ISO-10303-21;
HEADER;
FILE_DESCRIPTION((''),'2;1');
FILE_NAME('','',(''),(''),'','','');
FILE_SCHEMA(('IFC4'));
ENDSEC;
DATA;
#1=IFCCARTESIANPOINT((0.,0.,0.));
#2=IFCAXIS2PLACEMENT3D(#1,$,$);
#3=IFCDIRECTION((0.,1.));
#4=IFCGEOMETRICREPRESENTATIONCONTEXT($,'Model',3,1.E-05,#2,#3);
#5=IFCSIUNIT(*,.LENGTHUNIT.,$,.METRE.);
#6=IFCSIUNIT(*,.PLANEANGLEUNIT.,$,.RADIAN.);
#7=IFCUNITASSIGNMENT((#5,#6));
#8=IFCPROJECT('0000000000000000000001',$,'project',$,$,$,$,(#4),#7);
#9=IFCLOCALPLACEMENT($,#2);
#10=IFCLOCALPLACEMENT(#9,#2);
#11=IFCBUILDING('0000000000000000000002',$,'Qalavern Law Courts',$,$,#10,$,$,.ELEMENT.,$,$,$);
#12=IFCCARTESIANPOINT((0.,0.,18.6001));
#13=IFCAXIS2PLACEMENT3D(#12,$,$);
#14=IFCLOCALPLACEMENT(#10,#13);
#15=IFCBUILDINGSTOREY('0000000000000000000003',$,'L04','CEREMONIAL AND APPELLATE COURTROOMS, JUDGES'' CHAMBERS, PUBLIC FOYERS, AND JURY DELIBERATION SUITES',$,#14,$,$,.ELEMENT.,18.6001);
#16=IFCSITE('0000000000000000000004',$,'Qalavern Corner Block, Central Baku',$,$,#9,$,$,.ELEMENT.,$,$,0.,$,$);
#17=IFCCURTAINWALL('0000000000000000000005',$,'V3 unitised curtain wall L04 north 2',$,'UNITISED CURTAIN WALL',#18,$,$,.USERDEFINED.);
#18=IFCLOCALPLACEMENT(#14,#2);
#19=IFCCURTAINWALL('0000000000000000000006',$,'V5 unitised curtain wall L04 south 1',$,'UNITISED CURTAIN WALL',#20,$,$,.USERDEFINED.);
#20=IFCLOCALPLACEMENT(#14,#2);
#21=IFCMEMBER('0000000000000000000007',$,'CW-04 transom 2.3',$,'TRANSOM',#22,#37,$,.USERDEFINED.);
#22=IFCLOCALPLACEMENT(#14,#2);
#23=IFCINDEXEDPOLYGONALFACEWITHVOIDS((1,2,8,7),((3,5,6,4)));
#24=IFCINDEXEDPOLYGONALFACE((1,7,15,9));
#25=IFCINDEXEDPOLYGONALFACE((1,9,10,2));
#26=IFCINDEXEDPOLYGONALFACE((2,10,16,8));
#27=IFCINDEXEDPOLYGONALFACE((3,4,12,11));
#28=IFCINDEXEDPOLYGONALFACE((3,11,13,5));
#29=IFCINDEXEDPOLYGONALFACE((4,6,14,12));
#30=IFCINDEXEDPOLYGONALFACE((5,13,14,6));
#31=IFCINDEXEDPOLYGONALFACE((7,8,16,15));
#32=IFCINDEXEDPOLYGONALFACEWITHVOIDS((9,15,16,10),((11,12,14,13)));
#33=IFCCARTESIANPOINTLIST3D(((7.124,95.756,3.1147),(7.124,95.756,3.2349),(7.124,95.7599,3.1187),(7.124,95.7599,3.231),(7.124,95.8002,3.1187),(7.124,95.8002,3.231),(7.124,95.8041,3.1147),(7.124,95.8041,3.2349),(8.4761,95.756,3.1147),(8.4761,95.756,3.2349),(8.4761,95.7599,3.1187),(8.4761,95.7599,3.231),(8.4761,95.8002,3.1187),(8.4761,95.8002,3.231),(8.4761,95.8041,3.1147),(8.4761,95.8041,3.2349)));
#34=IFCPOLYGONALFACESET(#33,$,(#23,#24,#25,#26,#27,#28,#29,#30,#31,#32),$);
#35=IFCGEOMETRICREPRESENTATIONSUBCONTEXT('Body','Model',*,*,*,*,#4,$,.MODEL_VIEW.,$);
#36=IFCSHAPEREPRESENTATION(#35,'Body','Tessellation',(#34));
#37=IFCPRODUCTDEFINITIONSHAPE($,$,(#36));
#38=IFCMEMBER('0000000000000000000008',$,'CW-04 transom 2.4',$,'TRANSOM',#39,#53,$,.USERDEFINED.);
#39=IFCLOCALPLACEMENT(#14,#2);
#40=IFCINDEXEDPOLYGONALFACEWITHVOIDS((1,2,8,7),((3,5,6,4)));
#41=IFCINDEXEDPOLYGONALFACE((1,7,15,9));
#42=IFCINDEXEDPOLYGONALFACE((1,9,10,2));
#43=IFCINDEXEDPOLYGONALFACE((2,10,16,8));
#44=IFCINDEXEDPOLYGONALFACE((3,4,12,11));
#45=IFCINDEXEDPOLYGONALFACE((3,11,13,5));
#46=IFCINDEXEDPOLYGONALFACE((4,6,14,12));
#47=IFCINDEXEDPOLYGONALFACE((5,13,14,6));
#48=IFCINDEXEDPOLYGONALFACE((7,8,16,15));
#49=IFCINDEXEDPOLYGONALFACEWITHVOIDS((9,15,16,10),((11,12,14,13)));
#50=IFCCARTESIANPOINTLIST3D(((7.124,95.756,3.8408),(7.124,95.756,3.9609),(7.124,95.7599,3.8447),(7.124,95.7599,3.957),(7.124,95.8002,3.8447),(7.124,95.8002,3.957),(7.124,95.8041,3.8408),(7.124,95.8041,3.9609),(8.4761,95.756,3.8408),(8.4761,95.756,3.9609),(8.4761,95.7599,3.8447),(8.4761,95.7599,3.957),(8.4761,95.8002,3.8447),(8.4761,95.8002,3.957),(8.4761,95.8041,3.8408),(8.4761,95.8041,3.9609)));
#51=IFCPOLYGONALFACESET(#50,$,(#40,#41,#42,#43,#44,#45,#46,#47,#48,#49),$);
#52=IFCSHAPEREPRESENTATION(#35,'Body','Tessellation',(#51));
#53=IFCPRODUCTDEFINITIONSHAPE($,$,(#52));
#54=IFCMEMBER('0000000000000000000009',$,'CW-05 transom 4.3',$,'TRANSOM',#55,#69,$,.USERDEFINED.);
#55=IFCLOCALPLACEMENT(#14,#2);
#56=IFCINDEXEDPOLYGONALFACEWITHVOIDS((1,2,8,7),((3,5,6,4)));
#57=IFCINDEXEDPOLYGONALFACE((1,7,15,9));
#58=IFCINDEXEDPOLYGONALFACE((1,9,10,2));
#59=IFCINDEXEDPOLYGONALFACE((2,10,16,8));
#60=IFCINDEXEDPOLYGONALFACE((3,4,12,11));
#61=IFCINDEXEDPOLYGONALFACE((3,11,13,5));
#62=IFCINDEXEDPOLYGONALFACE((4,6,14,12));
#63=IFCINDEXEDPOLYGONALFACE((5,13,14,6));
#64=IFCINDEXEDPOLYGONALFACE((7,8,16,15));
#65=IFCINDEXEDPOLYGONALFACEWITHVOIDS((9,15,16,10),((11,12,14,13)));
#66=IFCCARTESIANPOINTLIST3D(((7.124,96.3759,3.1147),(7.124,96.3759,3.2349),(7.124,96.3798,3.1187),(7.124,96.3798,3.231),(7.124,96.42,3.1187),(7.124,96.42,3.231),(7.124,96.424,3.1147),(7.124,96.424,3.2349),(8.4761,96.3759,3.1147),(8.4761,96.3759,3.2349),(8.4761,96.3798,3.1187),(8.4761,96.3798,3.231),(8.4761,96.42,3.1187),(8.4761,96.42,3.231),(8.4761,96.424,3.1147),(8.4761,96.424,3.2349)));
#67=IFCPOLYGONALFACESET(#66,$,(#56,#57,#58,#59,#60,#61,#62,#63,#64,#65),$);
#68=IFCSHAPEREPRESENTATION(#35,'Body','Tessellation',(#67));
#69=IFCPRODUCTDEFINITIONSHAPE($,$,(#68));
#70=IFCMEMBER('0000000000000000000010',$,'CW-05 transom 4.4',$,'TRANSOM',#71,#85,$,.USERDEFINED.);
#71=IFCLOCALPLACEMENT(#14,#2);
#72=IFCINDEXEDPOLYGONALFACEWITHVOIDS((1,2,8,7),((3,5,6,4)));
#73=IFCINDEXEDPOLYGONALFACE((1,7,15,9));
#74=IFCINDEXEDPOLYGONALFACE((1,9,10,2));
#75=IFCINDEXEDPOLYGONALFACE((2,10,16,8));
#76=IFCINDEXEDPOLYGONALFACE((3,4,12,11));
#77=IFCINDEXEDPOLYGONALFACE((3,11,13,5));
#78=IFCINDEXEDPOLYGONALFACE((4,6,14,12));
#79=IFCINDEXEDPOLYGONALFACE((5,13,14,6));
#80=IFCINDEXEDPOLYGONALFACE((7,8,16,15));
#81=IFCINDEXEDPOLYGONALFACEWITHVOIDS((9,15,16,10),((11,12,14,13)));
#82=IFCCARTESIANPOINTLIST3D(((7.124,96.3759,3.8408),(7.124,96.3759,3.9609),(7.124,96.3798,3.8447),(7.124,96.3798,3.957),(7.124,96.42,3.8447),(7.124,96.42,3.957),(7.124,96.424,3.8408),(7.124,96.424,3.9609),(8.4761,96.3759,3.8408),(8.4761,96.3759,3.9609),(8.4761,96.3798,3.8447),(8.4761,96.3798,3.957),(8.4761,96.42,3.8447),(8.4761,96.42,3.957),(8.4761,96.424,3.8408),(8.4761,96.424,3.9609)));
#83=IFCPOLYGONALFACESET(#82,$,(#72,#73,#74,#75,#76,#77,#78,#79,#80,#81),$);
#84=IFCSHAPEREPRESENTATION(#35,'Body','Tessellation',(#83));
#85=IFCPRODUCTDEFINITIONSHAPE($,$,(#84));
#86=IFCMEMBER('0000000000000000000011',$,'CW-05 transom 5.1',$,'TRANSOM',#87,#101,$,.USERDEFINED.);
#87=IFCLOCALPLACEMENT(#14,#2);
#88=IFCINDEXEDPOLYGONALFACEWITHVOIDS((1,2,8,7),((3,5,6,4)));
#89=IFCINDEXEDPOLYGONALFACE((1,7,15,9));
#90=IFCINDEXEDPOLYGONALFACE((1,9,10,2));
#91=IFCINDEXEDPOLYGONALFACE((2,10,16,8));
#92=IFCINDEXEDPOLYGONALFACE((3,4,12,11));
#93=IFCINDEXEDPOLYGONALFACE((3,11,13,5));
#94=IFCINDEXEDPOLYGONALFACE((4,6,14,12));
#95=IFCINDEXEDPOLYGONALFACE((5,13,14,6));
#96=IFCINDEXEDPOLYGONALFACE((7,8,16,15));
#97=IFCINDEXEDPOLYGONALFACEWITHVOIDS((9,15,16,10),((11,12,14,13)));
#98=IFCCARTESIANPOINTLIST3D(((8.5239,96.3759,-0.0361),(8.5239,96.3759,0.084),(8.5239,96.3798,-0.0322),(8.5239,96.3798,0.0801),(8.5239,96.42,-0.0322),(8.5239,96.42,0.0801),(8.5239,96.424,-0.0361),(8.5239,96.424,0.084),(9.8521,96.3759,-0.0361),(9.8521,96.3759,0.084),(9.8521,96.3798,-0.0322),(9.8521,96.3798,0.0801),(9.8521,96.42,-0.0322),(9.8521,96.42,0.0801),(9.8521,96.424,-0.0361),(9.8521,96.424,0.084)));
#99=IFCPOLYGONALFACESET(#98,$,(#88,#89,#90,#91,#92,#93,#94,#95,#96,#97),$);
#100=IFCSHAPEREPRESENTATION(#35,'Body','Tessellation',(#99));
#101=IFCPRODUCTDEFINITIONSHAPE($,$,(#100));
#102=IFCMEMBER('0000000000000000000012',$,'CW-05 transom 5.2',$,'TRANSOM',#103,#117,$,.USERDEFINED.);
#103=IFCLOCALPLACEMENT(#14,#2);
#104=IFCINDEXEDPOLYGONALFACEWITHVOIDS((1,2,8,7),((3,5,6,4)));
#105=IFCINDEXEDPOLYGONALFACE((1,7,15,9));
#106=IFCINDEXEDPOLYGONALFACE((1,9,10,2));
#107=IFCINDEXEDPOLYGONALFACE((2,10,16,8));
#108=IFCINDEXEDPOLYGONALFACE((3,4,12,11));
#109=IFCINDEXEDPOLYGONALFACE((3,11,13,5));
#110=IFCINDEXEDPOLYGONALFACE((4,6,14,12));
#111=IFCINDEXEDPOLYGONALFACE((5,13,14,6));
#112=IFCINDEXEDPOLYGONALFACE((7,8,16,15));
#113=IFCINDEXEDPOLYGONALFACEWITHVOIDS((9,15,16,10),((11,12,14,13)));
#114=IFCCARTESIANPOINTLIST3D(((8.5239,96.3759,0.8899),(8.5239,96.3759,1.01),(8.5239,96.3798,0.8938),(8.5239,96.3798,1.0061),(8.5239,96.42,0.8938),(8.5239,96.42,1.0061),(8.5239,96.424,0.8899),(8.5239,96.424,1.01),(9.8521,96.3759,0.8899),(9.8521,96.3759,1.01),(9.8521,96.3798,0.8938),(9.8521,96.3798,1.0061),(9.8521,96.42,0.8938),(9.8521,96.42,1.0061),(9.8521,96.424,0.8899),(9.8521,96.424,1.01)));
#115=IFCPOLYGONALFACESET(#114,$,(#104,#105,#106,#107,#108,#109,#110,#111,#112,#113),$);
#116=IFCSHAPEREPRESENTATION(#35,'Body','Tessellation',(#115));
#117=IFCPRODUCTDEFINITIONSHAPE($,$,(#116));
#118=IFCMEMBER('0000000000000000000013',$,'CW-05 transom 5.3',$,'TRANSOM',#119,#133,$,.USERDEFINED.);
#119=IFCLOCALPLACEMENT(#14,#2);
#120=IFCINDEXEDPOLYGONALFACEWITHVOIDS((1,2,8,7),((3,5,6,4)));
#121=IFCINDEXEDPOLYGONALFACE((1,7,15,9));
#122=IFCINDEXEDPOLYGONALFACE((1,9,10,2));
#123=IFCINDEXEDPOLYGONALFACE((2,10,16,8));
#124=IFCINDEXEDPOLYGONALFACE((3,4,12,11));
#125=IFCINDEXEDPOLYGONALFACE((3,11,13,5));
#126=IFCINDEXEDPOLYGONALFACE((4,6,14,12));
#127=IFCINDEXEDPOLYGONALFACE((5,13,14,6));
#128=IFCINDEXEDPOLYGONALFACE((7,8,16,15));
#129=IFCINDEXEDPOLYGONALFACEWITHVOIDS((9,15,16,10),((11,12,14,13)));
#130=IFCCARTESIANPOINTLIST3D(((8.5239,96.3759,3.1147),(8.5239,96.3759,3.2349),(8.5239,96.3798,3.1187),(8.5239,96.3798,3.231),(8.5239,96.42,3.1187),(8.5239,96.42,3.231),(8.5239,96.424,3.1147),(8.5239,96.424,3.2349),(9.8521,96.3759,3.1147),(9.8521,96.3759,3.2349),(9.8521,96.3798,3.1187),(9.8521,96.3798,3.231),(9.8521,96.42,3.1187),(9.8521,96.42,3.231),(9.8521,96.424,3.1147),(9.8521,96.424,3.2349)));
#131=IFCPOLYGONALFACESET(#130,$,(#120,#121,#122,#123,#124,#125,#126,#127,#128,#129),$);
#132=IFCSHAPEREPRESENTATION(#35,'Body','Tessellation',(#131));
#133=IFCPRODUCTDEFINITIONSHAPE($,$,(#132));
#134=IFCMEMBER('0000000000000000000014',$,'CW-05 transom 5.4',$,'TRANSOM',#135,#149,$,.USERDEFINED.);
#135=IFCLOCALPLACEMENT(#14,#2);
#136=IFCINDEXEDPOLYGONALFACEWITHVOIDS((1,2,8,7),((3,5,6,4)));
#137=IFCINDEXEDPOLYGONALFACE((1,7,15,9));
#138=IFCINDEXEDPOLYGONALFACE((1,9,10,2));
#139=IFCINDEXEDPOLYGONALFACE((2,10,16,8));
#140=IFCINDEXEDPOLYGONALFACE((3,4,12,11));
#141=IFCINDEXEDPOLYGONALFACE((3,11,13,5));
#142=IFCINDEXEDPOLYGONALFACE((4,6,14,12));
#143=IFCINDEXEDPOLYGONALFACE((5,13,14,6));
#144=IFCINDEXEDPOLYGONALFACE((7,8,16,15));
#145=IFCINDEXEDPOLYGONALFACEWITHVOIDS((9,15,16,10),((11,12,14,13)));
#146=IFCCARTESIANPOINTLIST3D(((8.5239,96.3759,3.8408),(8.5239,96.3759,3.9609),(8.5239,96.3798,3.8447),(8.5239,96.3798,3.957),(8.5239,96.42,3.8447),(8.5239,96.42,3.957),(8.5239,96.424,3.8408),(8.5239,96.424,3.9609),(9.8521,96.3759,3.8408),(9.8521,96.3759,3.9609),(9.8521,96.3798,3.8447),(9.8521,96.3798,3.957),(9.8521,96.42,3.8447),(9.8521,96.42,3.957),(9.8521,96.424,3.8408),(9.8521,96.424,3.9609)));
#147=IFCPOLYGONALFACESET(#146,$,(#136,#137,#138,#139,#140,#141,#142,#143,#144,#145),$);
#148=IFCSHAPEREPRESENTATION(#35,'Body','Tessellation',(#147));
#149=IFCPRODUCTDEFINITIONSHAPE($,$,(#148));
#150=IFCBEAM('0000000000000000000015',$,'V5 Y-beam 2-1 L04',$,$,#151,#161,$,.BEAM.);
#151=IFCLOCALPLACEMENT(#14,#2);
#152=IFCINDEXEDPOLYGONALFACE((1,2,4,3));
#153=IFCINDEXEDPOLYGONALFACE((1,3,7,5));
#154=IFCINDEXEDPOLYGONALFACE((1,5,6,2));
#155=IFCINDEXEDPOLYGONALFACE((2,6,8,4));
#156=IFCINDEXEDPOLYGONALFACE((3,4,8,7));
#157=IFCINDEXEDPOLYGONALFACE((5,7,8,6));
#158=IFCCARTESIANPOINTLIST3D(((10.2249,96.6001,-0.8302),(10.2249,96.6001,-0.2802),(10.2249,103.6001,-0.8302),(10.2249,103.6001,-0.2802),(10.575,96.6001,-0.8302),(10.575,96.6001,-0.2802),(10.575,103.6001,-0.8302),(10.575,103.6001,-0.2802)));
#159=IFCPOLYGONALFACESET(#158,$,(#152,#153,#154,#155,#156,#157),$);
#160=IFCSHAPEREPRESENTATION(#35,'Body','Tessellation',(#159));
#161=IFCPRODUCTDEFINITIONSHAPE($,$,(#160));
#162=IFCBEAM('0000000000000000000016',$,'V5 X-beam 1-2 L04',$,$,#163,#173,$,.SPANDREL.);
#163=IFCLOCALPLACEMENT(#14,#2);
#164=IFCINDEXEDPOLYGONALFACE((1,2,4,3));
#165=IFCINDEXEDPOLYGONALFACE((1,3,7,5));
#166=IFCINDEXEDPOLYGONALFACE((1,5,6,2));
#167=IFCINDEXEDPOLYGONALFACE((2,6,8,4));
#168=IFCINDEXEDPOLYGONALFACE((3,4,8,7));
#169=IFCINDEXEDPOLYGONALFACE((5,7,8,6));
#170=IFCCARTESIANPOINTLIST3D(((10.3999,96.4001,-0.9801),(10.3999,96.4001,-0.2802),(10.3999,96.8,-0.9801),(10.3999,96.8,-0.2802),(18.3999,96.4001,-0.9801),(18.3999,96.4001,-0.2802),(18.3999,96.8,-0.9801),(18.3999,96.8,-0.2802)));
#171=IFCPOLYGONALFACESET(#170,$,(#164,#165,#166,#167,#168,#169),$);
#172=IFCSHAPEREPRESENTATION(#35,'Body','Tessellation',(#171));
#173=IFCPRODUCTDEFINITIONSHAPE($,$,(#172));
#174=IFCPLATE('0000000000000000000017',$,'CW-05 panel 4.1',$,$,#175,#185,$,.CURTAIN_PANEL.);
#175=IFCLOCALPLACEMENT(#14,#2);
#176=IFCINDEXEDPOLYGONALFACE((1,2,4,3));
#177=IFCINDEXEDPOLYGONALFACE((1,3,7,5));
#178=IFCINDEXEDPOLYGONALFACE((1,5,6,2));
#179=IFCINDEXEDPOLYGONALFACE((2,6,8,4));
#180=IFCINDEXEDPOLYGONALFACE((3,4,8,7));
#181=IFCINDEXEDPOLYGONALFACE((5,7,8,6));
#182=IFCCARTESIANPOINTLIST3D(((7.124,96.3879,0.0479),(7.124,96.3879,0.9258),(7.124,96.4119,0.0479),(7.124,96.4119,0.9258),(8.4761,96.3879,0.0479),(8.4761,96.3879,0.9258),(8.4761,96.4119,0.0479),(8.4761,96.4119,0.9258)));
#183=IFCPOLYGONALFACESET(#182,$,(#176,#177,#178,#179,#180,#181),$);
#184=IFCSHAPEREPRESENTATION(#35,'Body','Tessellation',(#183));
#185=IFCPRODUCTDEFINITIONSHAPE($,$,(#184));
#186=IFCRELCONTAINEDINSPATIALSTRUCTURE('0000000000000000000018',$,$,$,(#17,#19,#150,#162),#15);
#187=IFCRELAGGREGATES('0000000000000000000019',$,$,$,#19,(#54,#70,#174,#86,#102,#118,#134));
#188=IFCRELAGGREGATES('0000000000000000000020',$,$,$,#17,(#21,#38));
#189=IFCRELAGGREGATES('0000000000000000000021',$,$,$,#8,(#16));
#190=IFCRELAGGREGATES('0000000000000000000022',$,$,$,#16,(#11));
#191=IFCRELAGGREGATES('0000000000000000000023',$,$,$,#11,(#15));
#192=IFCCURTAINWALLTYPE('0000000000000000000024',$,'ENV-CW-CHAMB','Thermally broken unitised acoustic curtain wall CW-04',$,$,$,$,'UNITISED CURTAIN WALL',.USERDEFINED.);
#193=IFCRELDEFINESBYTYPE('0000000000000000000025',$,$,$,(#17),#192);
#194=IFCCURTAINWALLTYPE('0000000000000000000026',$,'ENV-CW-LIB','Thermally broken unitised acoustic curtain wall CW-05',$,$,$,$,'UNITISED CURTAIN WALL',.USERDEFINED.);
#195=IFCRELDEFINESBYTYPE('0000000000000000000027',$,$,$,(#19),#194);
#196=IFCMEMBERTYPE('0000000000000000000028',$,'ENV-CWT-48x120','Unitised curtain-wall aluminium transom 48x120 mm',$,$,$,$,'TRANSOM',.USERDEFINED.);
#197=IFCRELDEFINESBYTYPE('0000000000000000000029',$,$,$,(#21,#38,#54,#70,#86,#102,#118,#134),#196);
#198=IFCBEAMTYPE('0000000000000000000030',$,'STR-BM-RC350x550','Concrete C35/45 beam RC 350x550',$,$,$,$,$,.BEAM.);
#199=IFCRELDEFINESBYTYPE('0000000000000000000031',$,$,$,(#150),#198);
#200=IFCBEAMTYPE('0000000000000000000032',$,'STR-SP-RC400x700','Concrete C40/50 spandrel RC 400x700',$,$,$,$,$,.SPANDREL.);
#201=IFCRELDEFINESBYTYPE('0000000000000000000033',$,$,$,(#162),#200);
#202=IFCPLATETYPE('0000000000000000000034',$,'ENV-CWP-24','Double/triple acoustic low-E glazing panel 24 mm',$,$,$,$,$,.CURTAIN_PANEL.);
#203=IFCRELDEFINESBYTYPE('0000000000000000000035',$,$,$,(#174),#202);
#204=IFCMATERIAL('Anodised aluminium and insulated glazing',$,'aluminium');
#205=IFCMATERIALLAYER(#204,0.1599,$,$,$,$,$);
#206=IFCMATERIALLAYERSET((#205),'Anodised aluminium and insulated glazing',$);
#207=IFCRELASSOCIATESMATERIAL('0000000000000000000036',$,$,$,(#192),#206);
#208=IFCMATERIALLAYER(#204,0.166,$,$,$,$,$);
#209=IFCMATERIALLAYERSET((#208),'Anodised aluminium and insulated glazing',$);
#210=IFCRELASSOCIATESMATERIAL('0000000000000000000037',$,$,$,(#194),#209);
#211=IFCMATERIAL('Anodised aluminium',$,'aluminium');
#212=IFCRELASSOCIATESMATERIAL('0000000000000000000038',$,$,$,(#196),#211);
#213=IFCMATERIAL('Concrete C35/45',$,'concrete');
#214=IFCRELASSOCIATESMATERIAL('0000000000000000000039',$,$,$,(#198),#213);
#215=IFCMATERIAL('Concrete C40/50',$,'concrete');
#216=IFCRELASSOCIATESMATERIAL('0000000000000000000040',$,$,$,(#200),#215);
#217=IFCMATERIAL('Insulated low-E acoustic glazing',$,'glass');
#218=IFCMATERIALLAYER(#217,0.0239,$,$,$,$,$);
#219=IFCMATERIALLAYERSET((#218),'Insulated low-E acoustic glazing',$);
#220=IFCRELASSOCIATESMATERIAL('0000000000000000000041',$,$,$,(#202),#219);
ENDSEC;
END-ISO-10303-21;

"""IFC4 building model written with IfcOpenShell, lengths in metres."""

from ifc_helpers import new_model, si_unit, direction, frame, origin, origin_2d, place, context, subcontext, project, spatial, rectangle, hollow_rectangle, extrude, material, layer, layer_set, material_profile, profile_set, type_object, element, aggregate, save


model = new_model("IFC4")

# Units and contexts
model_context = context("Model", 3, precision=1e-05, world=origin(), true_north=direction((0.0, 1.0)))
body_context = subcontext(model_context, "Body", "Model", "MODEL_VIEW")
ifc_project = project(units=[si_unit("LENGTHUNIT", "METRE"), si_unit("PLANEANGLEUNIT", "RADIAN")], contexts=[model_context])

# Site, building, storey
site_placement = place(None, origin())
site = spatial("IfcSite", under=ifc_project, at=site_placement, Name="Qalavern Corner Block, Central Baku", CompositionType="ELEMENT", RefElevation=0.0)
building_placement = place(site_placement, origin())
building = spatial("IfcBuilding", under=site, at=building_placement, Name="Qalavern Law Courts", CompositionType="ELEMENT")
storey_placement = place(building_placement, frame((0.0, 0.0, 18.6001)))
storey = spatial("IfcBuildingStorey", under=building, at=storey_placement, Name="L04", Description="CEREMONIAL AND APPELLATE COURTROOMS, JUDGES' CHAMBERS, PUBLIC FOYERS, AND JURY DELIBERATION SUITES", CompositionType="ELEMENT", Elevation=18.6001)

# Curtain walls
ifc_material_1 = material(Name="Anodised aluminium and insulated glazing", Category="aluminium")
ifc_layer_1 = layer(ifc_material_1, 0.1599)
ifc_layer_set_1 = layer_set([ifc_layer_1], Name="Anodised aluminium and insulated glazing")
curtain_wall_type_1 = type_object("IfcCurtainWallType", Name="ENV-CW-CHAMB", Description="Thermally broken unitised acoustic curtain wall CW-04", ElementType="UNITISED CURTAIN WALL", PredefinedType="USERDEFINED", material=ifc_layer_set_1)
curtain_wall_1_placement = place(storey_placement, origin())
curtain_wall_1 = element("IfcCurtainWall", 1, at=curtain_wall_1_placement, inside=storey, type_object=curtain_wall_type_1, Name="V3 unitised curtain wall L04 north 2", ObjectType="UNITISED CURTAIN WALL", PredefinedType="USERDEFINED")
ifc_material_2 = material(Name="Anodised aluminium", Category="aluminium")
ifc_layer_2 = layer(ifc_material_1, 0.166)
ifc_layer_set_2 = layer_set([ifc_layer_2], Name="Anodised aluminium and insulated glazing")
curtain_wall_type_2 = type_object("IfcCurtainWallType", Name="ENV-CW-LIB", Description="Thermally broken unitised acoustic curtain wall CW-05", ElementType="UNITISED CURTAIN WALL", PredefinedType="USERDEFINED", material=ifc_layer_set_2)
curtain_wall_2_placement = place(storey_placement, origin())
curtain_wall_2 = element("IfcCurtainWall", 2, at=curtain_wall_2_placement, inside=storey, type_object=curtain_wall_type_2, Name="V5 unitised curtain wall L04 south 1", ObjectType="UNITISED CURTAIN WALL", PredefinedType="USERDEFINED")

# Members
ifc_material_profile_1 = material_profile(ifc_material_2, hollow_rectangle(XDim=0.0481, YDim=0.1201, WallThickness=0.0039, at=origin_2d()), Name="ALU TRANSOM 48x120")
ifc_profile_set_1 = profile_set([ifc_material_profile_1], Name="Anodised aluminium")
member_type_1 = type_object("IfcMemberType", Name="ENV-CWT-48x120", Description="Unitised curtain-wall aluminium transom 48x120 mm", ElementType="TRANSOM", PredefinedType="USERDEFINED", material=ifc_profile_set_1)
member_1_placement = place(storey_placement, frame((8.4761, 95.78, 3.1748), z_axis=(-1.0, 0.0, 0.0), x_axis=(0.0, -1.0, 0.0)))
member_1 = element("IfcMember", 3, at=member_1_placement, type_object=member_type_1, Name="CW-04 transom 2.3", ObjectType="TRANSOM", PredefinedType="USERDEFINED", context=body_context, shape_type="SweptSolid", body=[
    extrude(hollow_rectangle(XDim=0.0481, YDim=0.1201, WallThickness=0.0039, at=origin_2d()), origin(), (0.0, 0.0, 1.0), 1.3521),
])
member_2_placement = place(storey_placement, frame((8.4761, 95.78, 3.9009), z_axis=(-1.0, 0.0, 0.0), x_axis=(0.0, -1.0, 0.0)))
member_2 = element("IfcMember", 4, at=member_2_placement, type_object=member_type_1, Name="CW-04 transom 2.4", ObjectType="TRANSOM", PredefinedType="USERDEFINED", context=body_context, shape_type="SweptSolid", body=[
    extrude(hollow_rectangle(XDim=0.0481, YDim=0.1201, WallThickness=0.0039, at=origin_2d()), origin(), (0.0, 0.0, 1.0), 1.3521),
])
member_3_placement = place(storey_placement, frame((7.124, 96.3999, 3.1748), z_axis=(1.0, 0.0, 0.0), x_axis=(0.0, 1.0, 0.0)))
member_3 = element("IfcMember", 5, at=member_3_placement, type_object=member_type_1, Name="CW-05 transom 4.3", ObjectType="TRANSOM", PredefinedType="USERDEFINED", context=body_context, shape_type="SweptSolid", body=[
    extrude(hollow_rectangle(XDim=0.0481, YDim=0.1201, WallThickness=0.0039, at=origin_2d()), origin(), (0.0, 0.0, 1.0), 1.3521),
])
member_4_placement = place(storey_placement, frame((7.124, 96.3999, 3.9009), z_axis=(1.0, 0.0, 0.0), x_axis=(0.0, 1.0, 0.0)))
member_4 = element("IfcMember", 6, at=member_4_placement, type_object=member_type_1, Name="CW-05 transom 4.4", ObjectType="TRANSOM", PredefinedType="USERDEFINED", context=body_context, shape_type="SweptSolid", body=[
    extrude(hollow_rectangle(XDim=0.0481, YDim=0.1201, WallThickness=0.0039, at=origin_2d()), origin(), (0.0, 0.0, 1.0), 1.3521),
])
member_5_placement = place(storey_placement, frame((8.5239, 96.3999, 0.0239), z_axis=(1.0, 0.0, 0.0), x_axis=(0.0, 1.0, 0.0)))
member_5 = element("IfcMember", 7, at=member_5_placement, type_object=member_type_1, Name="CW-05 transom 5.1", ObjectType="TRANSOM", PredefinedType="USERDEFINED", context=body_context, shape_type="SweptSolid", body=[
    extrude(hollow_rectangle(XDim=0.0481, YDim=0.1201, WallThickness=0.0039, at=origin_2d()), origin(), (0.0, 0.0, 1.0), 1.3281),
])
member_6_placement = place(storey_placement, frame((8.5239, 96.3999, 0.95), z_axis=(1.0, 0.0, 0.0), x_axis=(0.0, 1.0, 0.0)))
member_6 = element("IfcMember", 8, at=member_6_placement, type_object=member_type_1, Name="CW-05 transom 5.2", ObjectType="TRANSOM", PredefinedType="USERDEFINED", context=body_context, shape_type="SweptSolid", body=[
    extrude(hollow_rectangle(XDim=0.0481, YDim=0.1201, WallThickness=0.0039, at=origin_2d()), origin(), (0.0, 0.0, 1.0), 1.3281),
])
member_7_placement = place(storey_placement, frame((8.5239, 96.3999, 3.1748), z_axis=(1.0, 0.0, 0.0), x_axis=(0.0, 1.0, 0.0)))
member_7 = element("IfcMember", 9, at=member_7_placement, type_object=member_type_1, Name="CW-05 transom 5.3", ObjectType="TRANSOM", PredefinedType="USERDEFINED", context=body_context, shape_type="SweptSolid", body=[
    extrude(hollow_rectangle(XDim=0.0481, YDim=0.1201, WallThickness=0.0039, at=origin_2d()), origin(), (0.0, 0.0, 1.0), 1.3281),
])
member_8_placement = place(storey_placement, frame((8.5239, 96.3999, 3.9009), z_axis=(1.0, 0.0, 0.0), x_axis=(0.0, 1.0, 0.0)))
member_8 = element("IfcMember", 10, at=member_8_placement, type_object=member_type_1, Name="CW-05 transom 5.4", ObjectType="TRANSOM", PredefinedType="USERDEFINED", context=body_context, shape_type="SweptSolid", body=[
    extrude(hollow_rectangle(XDim=0.0481, YDim=0.1201, WallThickness=0.0039, at=origin_2d()), origin(), (0.0, 0.0, 1.0), 1.3281),
])

# Beams
ifc_material_3 = material(Name="Concrete C35/45", Category="concrete")
ifc_material_profile_2 = material_profile(ifc_material_3, rectangle(XDim=0.3501, YDim=0.55, at=origin_2d()), Name="RC 350x550")
ifc_profile_set_2 = profile_set([ifc_material_profile_2], Name="Concrete C35/45")
beam_type_1 = type_object("IfcBeamType", Name="STR-BM-RC350x550", Description="Concrete C35/45 beam RC 350x550", PredefinedType="BEAM", material=ifc_profile_set_2)
beam_1_placement = place(storey_placement, frame((10.3999, 96.6001, -0.5552), z_axis=(0.0, 1.0, 0.0), x_axis=(-1.0, 0.0, 0.0)))
element("IfcBeam", 11, at=beam_1_placement, inside=storey, type_object=beam_type_1, Name="V5 Y-beam 2-1 L04", PredefinedType="BEAM", context=body_context, shape_type="SweptSolid", body=[
    extrude(rectangle(XDim=0.3501, YDim=0.55, at=origin_2d()), origin(), (0.0, 0.0, 1.0), 7.0),
])
ifc_material_4 = material(Name="Concrete C40/50", Category="concrete")
ifc_material_profile_3 = material_profile(ifc_material_4, rectangle(XDim=0.3999, YDim=0.7, at=origin_2d()), Name="RC 400x700")
ifc_profile_set_3 = profile_set([ifc_material_profile_3], Name="Concrete C40/50")
beam_type_2 = type_object("IfcBeamType", Name="STR-SP-RC400x700", Description="Concrete C40/50 spandrel RC 400x700", PredefinedType="SPANDREL", material=ifc_profile_set_3)
beam_2_placement = place(storey_placement, frame((10.3999, 96.6001, -0.6301), z_axis=(1.0, 0.0, 0.0), x_axis=(0.0, 1.0, 0.0)))
element("IfcBeam", 12, at=beam_2_placement, inside=storey, type_object=beam_type_2, Name="V5 X-beam 1-2 L04", PredefinedType="SPANDREL", context=body_context, shape_type="SweptSolid", body=[
    extrude(rectangle(XDim=0.3999, YDim=0.7, at=origin_2d()), origin(), (0.0, 0.0, 1.0), 8.0),
])

# Plate
ifc_material_5 = material(Name="Insulated low-E acoustic glazing", Category="glass")
ifc_layer_3 = layer(ifc_material_5, 0.0239)
ifc_layer_set_3 = layer_set([ifc_layer_3], Name="Insulated low-E acoustic glazing")
plate_type_1 = type_object("IfcPlateType", Name="ENV-CWP-24", Description="Double/triple acoustic low-E glazing panel 24 mm", PredefinedType="CURTAIN_PANEL", material=ifc_layer_set_3)
plate_1_placement = place(storey_placement, frame((7.8, 96.3999, 0.0479), z_axis=(0.0, 0.0, 1.0), x_axis=(1.0, 0.0, 0.0)))
plate_1 = element("IfcPlate", 13, at=plate_1_placement, type_object=plate_type_1, Name="CW-05 panel 4.1", PredefinedType="CURTAIN_PANEL", context=body_context, shape_type="SweptSolid", body=[
    extrude(rectangle(XDim=1.3521, YDim=0.0239, at=origin_2d()), origin(), (0.0, 0.0, 1.0), 0.8779),
])
aggregate(curtain_wall_2, [member_3, member_4, plate_1, member_5, member_6, member_7, member_8])
aggregate(curtain_wall_1, [member_1, member_2])

save(model, "model.ifc")
